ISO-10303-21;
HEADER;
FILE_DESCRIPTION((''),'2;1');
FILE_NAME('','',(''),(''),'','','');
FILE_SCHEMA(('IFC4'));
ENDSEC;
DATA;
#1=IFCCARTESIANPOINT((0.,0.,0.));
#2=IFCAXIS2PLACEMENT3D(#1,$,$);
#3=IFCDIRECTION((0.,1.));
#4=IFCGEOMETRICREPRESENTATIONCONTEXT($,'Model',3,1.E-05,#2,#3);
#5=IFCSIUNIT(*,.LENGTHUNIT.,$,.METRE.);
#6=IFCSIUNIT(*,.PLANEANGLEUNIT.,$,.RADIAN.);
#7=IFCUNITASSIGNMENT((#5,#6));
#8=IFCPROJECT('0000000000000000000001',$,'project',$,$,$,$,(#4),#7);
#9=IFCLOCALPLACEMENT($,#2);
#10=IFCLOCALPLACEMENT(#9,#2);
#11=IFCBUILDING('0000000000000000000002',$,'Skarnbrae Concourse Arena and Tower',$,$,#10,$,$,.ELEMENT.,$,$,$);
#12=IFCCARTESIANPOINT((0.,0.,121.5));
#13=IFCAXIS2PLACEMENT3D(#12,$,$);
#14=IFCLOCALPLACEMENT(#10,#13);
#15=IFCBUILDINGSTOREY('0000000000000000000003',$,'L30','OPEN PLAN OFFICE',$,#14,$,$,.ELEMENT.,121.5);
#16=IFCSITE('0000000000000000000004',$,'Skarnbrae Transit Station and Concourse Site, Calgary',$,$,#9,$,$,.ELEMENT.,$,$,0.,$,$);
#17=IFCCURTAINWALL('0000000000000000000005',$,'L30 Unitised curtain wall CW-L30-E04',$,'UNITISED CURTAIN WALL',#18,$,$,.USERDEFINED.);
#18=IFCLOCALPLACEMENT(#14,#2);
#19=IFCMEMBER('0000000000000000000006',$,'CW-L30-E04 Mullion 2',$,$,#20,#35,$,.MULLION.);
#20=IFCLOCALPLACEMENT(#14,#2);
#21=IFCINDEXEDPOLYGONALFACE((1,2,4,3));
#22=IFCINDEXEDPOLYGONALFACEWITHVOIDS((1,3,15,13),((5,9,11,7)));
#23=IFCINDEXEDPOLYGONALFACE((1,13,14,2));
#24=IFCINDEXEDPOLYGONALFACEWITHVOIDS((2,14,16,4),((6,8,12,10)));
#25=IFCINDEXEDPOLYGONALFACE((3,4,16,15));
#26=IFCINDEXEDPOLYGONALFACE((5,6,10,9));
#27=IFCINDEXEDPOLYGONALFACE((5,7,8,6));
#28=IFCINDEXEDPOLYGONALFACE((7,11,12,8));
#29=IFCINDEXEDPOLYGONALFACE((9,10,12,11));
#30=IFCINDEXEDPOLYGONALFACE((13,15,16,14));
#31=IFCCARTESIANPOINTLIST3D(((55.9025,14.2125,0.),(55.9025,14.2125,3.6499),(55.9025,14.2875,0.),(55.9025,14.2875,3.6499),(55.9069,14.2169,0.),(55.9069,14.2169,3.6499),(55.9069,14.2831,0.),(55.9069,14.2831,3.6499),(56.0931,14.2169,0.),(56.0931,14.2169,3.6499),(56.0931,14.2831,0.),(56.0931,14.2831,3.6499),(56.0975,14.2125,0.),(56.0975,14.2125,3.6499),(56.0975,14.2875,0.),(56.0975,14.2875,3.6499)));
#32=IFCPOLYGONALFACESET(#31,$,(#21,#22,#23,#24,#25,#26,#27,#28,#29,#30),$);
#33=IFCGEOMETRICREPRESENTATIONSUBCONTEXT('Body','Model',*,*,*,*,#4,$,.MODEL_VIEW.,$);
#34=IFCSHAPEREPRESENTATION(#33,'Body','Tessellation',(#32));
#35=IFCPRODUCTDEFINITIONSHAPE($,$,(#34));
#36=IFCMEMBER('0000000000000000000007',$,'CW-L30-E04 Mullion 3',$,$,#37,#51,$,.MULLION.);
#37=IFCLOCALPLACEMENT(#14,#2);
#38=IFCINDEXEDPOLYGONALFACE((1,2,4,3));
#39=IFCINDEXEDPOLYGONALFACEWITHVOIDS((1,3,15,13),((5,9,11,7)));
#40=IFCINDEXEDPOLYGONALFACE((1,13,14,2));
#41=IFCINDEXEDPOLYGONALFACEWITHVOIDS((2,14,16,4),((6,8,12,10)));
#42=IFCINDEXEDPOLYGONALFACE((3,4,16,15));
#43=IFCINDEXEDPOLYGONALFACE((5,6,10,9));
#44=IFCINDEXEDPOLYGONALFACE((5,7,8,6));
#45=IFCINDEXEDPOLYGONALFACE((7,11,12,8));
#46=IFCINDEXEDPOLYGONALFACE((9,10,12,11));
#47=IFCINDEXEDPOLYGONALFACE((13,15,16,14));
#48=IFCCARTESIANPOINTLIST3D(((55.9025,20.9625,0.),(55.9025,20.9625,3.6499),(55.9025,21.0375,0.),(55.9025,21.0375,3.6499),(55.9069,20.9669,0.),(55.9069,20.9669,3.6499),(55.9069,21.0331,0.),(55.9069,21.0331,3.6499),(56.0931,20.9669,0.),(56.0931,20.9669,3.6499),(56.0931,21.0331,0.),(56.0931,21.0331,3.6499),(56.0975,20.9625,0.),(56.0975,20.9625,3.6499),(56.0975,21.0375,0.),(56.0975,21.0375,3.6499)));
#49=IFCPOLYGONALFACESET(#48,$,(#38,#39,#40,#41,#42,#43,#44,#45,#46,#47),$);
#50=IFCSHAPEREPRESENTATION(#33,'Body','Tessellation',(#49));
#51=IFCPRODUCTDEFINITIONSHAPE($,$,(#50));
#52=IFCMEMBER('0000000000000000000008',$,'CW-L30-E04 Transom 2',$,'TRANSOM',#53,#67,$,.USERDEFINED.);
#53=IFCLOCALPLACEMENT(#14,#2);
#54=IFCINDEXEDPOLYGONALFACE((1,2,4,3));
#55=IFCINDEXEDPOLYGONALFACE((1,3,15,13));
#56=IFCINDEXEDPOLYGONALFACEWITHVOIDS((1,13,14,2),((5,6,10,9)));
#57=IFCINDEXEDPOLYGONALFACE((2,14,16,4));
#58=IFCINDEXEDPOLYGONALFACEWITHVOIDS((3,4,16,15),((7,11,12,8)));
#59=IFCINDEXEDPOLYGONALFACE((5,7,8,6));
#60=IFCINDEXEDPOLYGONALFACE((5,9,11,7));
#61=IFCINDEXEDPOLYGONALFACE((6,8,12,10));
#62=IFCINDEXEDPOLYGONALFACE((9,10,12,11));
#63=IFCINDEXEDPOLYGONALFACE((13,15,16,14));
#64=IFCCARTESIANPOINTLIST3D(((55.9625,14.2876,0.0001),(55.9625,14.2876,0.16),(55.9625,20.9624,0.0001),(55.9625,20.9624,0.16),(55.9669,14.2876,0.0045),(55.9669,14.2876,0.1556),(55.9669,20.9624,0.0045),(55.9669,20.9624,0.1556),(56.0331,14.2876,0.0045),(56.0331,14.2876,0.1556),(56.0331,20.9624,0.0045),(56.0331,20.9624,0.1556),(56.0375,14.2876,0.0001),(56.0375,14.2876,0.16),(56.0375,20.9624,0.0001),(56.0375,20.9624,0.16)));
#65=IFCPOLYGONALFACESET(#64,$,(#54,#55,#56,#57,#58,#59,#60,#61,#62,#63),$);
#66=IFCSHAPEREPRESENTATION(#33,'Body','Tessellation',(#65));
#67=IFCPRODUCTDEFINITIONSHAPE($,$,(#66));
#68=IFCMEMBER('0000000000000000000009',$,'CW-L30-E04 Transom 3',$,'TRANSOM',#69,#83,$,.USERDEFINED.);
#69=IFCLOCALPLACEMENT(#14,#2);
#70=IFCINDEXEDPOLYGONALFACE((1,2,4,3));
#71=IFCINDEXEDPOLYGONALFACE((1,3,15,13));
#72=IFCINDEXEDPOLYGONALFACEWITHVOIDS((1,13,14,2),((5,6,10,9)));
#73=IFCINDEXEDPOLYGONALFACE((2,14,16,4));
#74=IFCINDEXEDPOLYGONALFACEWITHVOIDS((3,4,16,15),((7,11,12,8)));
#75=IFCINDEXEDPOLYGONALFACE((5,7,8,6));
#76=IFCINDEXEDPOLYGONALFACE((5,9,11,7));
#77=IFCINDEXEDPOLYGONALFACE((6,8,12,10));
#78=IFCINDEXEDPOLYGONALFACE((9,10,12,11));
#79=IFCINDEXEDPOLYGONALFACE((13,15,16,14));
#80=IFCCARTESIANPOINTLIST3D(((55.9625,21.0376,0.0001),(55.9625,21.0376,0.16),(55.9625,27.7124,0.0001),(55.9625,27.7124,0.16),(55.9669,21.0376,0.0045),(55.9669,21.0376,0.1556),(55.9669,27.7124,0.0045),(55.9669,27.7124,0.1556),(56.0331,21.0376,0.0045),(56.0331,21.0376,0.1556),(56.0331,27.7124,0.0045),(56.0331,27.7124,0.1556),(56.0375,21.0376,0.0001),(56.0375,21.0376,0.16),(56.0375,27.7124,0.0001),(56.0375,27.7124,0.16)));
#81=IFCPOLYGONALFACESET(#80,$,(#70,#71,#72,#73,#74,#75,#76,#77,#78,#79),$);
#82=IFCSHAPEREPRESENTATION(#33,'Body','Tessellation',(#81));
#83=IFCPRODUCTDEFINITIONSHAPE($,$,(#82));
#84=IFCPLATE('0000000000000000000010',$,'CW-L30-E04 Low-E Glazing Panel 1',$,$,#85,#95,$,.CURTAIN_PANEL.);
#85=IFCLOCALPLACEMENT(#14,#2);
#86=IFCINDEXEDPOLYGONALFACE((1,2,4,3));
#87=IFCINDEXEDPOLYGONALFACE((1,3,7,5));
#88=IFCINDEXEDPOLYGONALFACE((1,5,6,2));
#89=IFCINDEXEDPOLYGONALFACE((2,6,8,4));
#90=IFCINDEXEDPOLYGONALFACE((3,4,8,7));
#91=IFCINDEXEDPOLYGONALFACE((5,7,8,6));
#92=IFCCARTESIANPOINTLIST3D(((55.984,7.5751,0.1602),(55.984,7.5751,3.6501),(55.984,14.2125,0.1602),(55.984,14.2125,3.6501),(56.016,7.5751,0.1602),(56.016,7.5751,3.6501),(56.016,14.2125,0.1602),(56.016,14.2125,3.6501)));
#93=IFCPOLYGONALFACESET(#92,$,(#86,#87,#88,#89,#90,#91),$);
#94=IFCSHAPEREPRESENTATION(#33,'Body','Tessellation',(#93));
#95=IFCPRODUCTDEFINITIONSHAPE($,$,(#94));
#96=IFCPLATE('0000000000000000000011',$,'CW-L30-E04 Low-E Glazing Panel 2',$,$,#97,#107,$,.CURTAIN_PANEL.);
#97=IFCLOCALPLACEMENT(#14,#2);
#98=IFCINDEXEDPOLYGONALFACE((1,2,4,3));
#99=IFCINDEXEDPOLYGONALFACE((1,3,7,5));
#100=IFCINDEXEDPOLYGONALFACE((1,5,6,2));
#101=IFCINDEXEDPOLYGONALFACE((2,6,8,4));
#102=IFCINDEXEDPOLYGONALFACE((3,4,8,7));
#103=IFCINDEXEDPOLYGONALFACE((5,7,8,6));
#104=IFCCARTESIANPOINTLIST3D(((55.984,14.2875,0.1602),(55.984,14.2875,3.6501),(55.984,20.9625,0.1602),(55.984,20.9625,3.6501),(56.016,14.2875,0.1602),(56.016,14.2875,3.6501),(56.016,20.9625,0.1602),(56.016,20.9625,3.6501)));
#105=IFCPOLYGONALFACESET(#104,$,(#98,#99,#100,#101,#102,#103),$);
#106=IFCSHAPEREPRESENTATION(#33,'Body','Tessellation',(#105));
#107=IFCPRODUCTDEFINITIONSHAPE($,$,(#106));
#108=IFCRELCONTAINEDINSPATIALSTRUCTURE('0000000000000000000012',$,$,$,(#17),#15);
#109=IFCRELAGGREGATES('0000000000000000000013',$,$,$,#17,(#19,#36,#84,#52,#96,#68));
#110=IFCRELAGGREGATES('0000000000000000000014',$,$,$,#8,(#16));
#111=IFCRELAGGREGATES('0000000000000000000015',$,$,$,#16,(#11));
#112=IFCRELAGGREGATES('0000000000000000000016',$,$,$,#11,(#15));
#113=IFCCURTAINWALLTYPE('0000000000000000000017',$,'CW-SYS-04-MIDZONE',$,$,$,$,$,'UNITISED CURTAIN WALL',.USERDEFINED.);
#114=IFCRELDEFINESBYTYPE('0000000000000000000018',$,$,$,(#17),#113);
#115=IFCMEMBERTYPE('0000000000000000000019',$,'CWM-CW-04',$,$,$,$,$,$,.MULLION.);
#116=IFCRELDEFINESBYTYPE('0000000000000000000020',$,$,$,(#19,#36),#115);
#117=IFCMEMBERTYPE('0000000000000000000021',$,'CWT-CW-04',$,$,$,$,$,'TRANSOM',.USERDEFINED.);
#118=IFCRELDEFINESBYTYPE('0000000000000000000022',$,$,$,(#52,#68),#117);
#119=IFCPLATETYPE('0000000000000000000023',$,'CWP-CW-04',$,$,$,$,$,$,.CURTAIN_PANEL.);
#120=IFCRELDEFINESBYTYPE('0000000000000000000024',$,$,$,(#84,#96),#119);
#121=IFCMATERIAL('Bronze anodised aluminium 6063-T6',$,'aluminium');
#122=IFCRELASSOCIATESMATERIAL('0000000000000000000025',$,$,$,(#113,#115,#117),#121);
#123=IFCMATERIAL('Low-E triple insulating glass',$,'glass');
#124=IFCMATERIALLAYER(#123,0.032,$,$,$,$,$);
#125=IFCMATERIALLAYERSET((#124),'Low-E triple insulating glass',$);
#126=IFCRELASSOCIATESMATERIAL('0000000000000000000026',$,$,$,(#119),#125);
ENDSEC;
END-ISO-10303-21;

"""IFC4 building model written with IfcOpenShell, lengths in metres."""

from ifc_helpers import new_model, si_unit, direction, frame, origin, origin_2d, place, context, subcontext, project, spatial, rectangle, hollow_rectangle, extrude, source, transform, mapped, material, layer, layer_set, material_profile, profile_set, type_object, element, aggregate, save


model = new_model("IFC4")

# Units and contexts
model_context = context("Model", 3, precision=1e-05, world=origin(), true_north=direction((0.0, 1.0)))
body_context = subcontext(model_context, "Body", "Model", "MODEL_VIEW")
ifc_project = project(units=[si_unit("LENGTHUNIT", "METRE"), si_unit("PLANEANGLEUNIT", "RADIAN")], contexts=[model_context])

# Site, building, storey
site_placement = place(None, origin())
site = spatial("IfcSite", under=ifc_project, at=site_placement, Name="Skarnbrae Transit Station and Concourse Site, Calgary", CompositionType="ELEMENT", RefElevation=0.0)
building_placement = place(site_placement, origin())
building = spatial("IfcBuilding", under=site, at=building_placement, Name="Skarnbrae Concourse Arena and Tower", CompositionType="ELEMENT")
storey_placement = place(building_placement, frame((0.0, 0.0, 121.5)))
storey = spatial("IfcBuildingStorey", under=building, at=storey_placement, Name="L30", Description="OPEN PLAN OFFICE", CompositionType="ELEMENT", Elevation=121.5)

# Curtain wall, members, plates
ifc_material_1 = material(Name="Bronze anodised aluminium 6063-T6", Category="aluminium")
curtain_wall_type = type_object("IfcCurtainWallType", Name="CW-SYS-04-MIDZONE", ElementType="UNITISED CURTAIN WALL", PredefinedType="USERDEFINED", material=ifc_material_1)
curtain_wall_placement = place(storey_placement, origin())
curtain_wall = element("IfcCurtainWall", 1, at=curtain_wall_placement, inside=storey, type_object=curtain_wall_type, Name="L30 Unitised curtain wall CW-L30-E04", ObjectType="UNITISED CURTAIN WALL", PredefinedType="USERDEFINED")
ifc_material_profile_1 = material_profile(ifc_material_1, hollow_rectangle(XDim=0.075, YDim=0.1951, WallThickness=0.0044, at=origin_2d()), Name="ALU-MULL-75X195")
ifc_profile_set_1 = profile_set([ifc_material_profile_1], Name="Bronze anodised aluminium 6063-T6")
member_type_1 = type_object("IfcMemberType", Name="CWM-CW-04", PredefinedType="MULLION", material=ifc_profile_set_1)
shared_shape_1 = source(origin(), body_context, "Body", "SweptSolid", [
    extrude(hollow_rectangle(XDim=0.075, YDim=0.1951, WallThickness=0.0044, at=origin_2d()), origin(), (0.0, 0.0, 1.0), 3.6499),
])
member_1_placement = place(storey_placement, frame((56.0, 14.25, 0.0), z_axis=(0.0, 0.0, 1.0), x_axis=(0.0, 1.0, 0.0)))
member_1 = element("IfcMember", 2, at=member_1_placement, type_object=member_type_1, Name="CW-L30-E04 Mullion 2", PredefinedType="MULLION", context=body_context, shape_type="MappedRepresentation", body=[
    mapped(shared_shape_1, transform((0.0, 0.0, 0.0))),
])
member_2_placement = place(storey_placement, frame((56.0, 21.0, 0.0), z_axis=(0.0, 0.0, 1.0), x_axis=(0.0, 1.0, 0.0)))
member_2 = element("IfcMember", 3, at=member_2_placement, type_object=member_type_1, Name="CW-L30-E04 Mullion 3", PredefinedType="MULLION", context=body_context, shape_type="MappedRepresentation", body=[
    mapped(shared_shape_1, transform((0.0, 0.0, 0.0))),
])
ifc_material_profile_2 = material_profile(ifc_material_1, hollow_rectangle(XDim=0.075, YDim=0.1599, WallThickness=0.0044, at=origin_2d()), Name="ALU-TRAN-75X160")
ifc_profile_set_2 = profile_set([ifc_material_profile_2], Name="Bronze anodised aluminium 6063-T6")
member_type_2 = type_object("IfcMemberType", Name="CWT-CW-04", ElementType="TRANSOM", PredefinedType="USERDEFINED", material=ifc_profile_set_2)
shared_shape_2 = source(origin(), body_context, "Body", "SweptSolid", [
    extrude(hollow_rectangle(XDim=0.075, YDim=0.1599, WallThickness=0.0044, at=origin_2d()), origin(), (0.0, 0.0, 1.0), 6.6748),
])
member_3_placement = place(storey_placement, frame((56.0, 14.2876, 0.0801), z_axis=(0.0, 1.0, 0.0), x_axis=(-1.0, 0.0, 0.0)))
member_3 = element("IfcMember", 4, at=member_3_placement, type_object=member_type_2, Name="CW-L30-E04 Transom 2", ObjectType="TRANSOM", PredefinedType="USERDEFINED", context=body_context, shape_type="MappedRepresentation", body=[
    mapped(shared_shape_2, transform((0.0, 0.0, 0.0))),
])
member_4_placement = place(storey_placement, frame((56.0, 21.0376, 0.0801), z_axis=(0.0, 1.0, 0.0), x_axis=(-1.0, 0.0, 0.0)))
member_4 = element("IfcMember", 5, at=member_4_placement, type_object=member_type_2, Name="CW-L30-E04 Transom 3", ObjectType="TRANSOM", PredefinedType="USERDEFINED", context=body_context, shape_type="MappedRepresentation", body=[
    mapped(shared_shape_2, transform((0.0, 0.0, 0.0))),
])
ifc_material_2 = material(Name="Low-E triple insulating glass", Category="glass")
ifc_layer = layer(ifc_material_2, 0.032)
ifc_layer_set = layer_set([ifc_layer], Name="Low-E triple insulating glass")
plate_type = type_object("IfcPlateType", Name="CWP-CW-04", PredefinedType="CURTAIN_PANEL", material=ifc_layer_set)
shared_shape_3 = source(origin(), body_context, "Body", "SweptSolid", [
    extrude(rectangle(XDim=6.6375, YDim=0.032, at=origin_2d()), origin(), (0.0, 0.0, 1.0), 3.49),
])
plate_1_placement = place(storey_placement, frame((56.0, 10.8938, 0.1602), z_axis=(0.0, 0.0, 1.0), x_axis=(0.0, 1.0, 0.0)))
plate_1 = element("IfcPlate", 6, at=plate_1_placement, type_object=plate_type, Name="CW-L30-E04 Low-E Glazing Panel 1", PredefinedType="CURTAIN_PANEL", context=body_context, shape_type="MappedRepresentation", body=[
    mapped(shared_shape_3, transform((0.0, 0.0, 0.0))),
])
shared_shape_4 = source(origin(), body_context, "Body", "SweptSolid", [
    extrude(rectangle(XDim=6.675, YDim=0.032, at=origin_2d()), origin(), (0.0, 0.0, 1.0), 3.49),
])
plate_2_placement = place(storey_placement, frame((56.0, 17.625, 0.1602), z_axis=(0.0, 0.0, 1.0), x_axis=(0.0, 1.0, 0.0)))
plate_2 = element("IfcPlate", 7, at=plate_2_placement, type_object=plate_type, Name="CW-L30-E04 Low-E Glazing Panel 2", PredefinedType="CURTAIN_PANEL", context=body_context, shape_type="MappedRepresentation", body=[
    mapped(shared_shape_4, transform((0.0, 0.0, 0.0))),
])
aggregate(curtain_wall, [member_1, member_2, plate_1, member_3, plate_2, member_4])

save(model, "model.ifc")
